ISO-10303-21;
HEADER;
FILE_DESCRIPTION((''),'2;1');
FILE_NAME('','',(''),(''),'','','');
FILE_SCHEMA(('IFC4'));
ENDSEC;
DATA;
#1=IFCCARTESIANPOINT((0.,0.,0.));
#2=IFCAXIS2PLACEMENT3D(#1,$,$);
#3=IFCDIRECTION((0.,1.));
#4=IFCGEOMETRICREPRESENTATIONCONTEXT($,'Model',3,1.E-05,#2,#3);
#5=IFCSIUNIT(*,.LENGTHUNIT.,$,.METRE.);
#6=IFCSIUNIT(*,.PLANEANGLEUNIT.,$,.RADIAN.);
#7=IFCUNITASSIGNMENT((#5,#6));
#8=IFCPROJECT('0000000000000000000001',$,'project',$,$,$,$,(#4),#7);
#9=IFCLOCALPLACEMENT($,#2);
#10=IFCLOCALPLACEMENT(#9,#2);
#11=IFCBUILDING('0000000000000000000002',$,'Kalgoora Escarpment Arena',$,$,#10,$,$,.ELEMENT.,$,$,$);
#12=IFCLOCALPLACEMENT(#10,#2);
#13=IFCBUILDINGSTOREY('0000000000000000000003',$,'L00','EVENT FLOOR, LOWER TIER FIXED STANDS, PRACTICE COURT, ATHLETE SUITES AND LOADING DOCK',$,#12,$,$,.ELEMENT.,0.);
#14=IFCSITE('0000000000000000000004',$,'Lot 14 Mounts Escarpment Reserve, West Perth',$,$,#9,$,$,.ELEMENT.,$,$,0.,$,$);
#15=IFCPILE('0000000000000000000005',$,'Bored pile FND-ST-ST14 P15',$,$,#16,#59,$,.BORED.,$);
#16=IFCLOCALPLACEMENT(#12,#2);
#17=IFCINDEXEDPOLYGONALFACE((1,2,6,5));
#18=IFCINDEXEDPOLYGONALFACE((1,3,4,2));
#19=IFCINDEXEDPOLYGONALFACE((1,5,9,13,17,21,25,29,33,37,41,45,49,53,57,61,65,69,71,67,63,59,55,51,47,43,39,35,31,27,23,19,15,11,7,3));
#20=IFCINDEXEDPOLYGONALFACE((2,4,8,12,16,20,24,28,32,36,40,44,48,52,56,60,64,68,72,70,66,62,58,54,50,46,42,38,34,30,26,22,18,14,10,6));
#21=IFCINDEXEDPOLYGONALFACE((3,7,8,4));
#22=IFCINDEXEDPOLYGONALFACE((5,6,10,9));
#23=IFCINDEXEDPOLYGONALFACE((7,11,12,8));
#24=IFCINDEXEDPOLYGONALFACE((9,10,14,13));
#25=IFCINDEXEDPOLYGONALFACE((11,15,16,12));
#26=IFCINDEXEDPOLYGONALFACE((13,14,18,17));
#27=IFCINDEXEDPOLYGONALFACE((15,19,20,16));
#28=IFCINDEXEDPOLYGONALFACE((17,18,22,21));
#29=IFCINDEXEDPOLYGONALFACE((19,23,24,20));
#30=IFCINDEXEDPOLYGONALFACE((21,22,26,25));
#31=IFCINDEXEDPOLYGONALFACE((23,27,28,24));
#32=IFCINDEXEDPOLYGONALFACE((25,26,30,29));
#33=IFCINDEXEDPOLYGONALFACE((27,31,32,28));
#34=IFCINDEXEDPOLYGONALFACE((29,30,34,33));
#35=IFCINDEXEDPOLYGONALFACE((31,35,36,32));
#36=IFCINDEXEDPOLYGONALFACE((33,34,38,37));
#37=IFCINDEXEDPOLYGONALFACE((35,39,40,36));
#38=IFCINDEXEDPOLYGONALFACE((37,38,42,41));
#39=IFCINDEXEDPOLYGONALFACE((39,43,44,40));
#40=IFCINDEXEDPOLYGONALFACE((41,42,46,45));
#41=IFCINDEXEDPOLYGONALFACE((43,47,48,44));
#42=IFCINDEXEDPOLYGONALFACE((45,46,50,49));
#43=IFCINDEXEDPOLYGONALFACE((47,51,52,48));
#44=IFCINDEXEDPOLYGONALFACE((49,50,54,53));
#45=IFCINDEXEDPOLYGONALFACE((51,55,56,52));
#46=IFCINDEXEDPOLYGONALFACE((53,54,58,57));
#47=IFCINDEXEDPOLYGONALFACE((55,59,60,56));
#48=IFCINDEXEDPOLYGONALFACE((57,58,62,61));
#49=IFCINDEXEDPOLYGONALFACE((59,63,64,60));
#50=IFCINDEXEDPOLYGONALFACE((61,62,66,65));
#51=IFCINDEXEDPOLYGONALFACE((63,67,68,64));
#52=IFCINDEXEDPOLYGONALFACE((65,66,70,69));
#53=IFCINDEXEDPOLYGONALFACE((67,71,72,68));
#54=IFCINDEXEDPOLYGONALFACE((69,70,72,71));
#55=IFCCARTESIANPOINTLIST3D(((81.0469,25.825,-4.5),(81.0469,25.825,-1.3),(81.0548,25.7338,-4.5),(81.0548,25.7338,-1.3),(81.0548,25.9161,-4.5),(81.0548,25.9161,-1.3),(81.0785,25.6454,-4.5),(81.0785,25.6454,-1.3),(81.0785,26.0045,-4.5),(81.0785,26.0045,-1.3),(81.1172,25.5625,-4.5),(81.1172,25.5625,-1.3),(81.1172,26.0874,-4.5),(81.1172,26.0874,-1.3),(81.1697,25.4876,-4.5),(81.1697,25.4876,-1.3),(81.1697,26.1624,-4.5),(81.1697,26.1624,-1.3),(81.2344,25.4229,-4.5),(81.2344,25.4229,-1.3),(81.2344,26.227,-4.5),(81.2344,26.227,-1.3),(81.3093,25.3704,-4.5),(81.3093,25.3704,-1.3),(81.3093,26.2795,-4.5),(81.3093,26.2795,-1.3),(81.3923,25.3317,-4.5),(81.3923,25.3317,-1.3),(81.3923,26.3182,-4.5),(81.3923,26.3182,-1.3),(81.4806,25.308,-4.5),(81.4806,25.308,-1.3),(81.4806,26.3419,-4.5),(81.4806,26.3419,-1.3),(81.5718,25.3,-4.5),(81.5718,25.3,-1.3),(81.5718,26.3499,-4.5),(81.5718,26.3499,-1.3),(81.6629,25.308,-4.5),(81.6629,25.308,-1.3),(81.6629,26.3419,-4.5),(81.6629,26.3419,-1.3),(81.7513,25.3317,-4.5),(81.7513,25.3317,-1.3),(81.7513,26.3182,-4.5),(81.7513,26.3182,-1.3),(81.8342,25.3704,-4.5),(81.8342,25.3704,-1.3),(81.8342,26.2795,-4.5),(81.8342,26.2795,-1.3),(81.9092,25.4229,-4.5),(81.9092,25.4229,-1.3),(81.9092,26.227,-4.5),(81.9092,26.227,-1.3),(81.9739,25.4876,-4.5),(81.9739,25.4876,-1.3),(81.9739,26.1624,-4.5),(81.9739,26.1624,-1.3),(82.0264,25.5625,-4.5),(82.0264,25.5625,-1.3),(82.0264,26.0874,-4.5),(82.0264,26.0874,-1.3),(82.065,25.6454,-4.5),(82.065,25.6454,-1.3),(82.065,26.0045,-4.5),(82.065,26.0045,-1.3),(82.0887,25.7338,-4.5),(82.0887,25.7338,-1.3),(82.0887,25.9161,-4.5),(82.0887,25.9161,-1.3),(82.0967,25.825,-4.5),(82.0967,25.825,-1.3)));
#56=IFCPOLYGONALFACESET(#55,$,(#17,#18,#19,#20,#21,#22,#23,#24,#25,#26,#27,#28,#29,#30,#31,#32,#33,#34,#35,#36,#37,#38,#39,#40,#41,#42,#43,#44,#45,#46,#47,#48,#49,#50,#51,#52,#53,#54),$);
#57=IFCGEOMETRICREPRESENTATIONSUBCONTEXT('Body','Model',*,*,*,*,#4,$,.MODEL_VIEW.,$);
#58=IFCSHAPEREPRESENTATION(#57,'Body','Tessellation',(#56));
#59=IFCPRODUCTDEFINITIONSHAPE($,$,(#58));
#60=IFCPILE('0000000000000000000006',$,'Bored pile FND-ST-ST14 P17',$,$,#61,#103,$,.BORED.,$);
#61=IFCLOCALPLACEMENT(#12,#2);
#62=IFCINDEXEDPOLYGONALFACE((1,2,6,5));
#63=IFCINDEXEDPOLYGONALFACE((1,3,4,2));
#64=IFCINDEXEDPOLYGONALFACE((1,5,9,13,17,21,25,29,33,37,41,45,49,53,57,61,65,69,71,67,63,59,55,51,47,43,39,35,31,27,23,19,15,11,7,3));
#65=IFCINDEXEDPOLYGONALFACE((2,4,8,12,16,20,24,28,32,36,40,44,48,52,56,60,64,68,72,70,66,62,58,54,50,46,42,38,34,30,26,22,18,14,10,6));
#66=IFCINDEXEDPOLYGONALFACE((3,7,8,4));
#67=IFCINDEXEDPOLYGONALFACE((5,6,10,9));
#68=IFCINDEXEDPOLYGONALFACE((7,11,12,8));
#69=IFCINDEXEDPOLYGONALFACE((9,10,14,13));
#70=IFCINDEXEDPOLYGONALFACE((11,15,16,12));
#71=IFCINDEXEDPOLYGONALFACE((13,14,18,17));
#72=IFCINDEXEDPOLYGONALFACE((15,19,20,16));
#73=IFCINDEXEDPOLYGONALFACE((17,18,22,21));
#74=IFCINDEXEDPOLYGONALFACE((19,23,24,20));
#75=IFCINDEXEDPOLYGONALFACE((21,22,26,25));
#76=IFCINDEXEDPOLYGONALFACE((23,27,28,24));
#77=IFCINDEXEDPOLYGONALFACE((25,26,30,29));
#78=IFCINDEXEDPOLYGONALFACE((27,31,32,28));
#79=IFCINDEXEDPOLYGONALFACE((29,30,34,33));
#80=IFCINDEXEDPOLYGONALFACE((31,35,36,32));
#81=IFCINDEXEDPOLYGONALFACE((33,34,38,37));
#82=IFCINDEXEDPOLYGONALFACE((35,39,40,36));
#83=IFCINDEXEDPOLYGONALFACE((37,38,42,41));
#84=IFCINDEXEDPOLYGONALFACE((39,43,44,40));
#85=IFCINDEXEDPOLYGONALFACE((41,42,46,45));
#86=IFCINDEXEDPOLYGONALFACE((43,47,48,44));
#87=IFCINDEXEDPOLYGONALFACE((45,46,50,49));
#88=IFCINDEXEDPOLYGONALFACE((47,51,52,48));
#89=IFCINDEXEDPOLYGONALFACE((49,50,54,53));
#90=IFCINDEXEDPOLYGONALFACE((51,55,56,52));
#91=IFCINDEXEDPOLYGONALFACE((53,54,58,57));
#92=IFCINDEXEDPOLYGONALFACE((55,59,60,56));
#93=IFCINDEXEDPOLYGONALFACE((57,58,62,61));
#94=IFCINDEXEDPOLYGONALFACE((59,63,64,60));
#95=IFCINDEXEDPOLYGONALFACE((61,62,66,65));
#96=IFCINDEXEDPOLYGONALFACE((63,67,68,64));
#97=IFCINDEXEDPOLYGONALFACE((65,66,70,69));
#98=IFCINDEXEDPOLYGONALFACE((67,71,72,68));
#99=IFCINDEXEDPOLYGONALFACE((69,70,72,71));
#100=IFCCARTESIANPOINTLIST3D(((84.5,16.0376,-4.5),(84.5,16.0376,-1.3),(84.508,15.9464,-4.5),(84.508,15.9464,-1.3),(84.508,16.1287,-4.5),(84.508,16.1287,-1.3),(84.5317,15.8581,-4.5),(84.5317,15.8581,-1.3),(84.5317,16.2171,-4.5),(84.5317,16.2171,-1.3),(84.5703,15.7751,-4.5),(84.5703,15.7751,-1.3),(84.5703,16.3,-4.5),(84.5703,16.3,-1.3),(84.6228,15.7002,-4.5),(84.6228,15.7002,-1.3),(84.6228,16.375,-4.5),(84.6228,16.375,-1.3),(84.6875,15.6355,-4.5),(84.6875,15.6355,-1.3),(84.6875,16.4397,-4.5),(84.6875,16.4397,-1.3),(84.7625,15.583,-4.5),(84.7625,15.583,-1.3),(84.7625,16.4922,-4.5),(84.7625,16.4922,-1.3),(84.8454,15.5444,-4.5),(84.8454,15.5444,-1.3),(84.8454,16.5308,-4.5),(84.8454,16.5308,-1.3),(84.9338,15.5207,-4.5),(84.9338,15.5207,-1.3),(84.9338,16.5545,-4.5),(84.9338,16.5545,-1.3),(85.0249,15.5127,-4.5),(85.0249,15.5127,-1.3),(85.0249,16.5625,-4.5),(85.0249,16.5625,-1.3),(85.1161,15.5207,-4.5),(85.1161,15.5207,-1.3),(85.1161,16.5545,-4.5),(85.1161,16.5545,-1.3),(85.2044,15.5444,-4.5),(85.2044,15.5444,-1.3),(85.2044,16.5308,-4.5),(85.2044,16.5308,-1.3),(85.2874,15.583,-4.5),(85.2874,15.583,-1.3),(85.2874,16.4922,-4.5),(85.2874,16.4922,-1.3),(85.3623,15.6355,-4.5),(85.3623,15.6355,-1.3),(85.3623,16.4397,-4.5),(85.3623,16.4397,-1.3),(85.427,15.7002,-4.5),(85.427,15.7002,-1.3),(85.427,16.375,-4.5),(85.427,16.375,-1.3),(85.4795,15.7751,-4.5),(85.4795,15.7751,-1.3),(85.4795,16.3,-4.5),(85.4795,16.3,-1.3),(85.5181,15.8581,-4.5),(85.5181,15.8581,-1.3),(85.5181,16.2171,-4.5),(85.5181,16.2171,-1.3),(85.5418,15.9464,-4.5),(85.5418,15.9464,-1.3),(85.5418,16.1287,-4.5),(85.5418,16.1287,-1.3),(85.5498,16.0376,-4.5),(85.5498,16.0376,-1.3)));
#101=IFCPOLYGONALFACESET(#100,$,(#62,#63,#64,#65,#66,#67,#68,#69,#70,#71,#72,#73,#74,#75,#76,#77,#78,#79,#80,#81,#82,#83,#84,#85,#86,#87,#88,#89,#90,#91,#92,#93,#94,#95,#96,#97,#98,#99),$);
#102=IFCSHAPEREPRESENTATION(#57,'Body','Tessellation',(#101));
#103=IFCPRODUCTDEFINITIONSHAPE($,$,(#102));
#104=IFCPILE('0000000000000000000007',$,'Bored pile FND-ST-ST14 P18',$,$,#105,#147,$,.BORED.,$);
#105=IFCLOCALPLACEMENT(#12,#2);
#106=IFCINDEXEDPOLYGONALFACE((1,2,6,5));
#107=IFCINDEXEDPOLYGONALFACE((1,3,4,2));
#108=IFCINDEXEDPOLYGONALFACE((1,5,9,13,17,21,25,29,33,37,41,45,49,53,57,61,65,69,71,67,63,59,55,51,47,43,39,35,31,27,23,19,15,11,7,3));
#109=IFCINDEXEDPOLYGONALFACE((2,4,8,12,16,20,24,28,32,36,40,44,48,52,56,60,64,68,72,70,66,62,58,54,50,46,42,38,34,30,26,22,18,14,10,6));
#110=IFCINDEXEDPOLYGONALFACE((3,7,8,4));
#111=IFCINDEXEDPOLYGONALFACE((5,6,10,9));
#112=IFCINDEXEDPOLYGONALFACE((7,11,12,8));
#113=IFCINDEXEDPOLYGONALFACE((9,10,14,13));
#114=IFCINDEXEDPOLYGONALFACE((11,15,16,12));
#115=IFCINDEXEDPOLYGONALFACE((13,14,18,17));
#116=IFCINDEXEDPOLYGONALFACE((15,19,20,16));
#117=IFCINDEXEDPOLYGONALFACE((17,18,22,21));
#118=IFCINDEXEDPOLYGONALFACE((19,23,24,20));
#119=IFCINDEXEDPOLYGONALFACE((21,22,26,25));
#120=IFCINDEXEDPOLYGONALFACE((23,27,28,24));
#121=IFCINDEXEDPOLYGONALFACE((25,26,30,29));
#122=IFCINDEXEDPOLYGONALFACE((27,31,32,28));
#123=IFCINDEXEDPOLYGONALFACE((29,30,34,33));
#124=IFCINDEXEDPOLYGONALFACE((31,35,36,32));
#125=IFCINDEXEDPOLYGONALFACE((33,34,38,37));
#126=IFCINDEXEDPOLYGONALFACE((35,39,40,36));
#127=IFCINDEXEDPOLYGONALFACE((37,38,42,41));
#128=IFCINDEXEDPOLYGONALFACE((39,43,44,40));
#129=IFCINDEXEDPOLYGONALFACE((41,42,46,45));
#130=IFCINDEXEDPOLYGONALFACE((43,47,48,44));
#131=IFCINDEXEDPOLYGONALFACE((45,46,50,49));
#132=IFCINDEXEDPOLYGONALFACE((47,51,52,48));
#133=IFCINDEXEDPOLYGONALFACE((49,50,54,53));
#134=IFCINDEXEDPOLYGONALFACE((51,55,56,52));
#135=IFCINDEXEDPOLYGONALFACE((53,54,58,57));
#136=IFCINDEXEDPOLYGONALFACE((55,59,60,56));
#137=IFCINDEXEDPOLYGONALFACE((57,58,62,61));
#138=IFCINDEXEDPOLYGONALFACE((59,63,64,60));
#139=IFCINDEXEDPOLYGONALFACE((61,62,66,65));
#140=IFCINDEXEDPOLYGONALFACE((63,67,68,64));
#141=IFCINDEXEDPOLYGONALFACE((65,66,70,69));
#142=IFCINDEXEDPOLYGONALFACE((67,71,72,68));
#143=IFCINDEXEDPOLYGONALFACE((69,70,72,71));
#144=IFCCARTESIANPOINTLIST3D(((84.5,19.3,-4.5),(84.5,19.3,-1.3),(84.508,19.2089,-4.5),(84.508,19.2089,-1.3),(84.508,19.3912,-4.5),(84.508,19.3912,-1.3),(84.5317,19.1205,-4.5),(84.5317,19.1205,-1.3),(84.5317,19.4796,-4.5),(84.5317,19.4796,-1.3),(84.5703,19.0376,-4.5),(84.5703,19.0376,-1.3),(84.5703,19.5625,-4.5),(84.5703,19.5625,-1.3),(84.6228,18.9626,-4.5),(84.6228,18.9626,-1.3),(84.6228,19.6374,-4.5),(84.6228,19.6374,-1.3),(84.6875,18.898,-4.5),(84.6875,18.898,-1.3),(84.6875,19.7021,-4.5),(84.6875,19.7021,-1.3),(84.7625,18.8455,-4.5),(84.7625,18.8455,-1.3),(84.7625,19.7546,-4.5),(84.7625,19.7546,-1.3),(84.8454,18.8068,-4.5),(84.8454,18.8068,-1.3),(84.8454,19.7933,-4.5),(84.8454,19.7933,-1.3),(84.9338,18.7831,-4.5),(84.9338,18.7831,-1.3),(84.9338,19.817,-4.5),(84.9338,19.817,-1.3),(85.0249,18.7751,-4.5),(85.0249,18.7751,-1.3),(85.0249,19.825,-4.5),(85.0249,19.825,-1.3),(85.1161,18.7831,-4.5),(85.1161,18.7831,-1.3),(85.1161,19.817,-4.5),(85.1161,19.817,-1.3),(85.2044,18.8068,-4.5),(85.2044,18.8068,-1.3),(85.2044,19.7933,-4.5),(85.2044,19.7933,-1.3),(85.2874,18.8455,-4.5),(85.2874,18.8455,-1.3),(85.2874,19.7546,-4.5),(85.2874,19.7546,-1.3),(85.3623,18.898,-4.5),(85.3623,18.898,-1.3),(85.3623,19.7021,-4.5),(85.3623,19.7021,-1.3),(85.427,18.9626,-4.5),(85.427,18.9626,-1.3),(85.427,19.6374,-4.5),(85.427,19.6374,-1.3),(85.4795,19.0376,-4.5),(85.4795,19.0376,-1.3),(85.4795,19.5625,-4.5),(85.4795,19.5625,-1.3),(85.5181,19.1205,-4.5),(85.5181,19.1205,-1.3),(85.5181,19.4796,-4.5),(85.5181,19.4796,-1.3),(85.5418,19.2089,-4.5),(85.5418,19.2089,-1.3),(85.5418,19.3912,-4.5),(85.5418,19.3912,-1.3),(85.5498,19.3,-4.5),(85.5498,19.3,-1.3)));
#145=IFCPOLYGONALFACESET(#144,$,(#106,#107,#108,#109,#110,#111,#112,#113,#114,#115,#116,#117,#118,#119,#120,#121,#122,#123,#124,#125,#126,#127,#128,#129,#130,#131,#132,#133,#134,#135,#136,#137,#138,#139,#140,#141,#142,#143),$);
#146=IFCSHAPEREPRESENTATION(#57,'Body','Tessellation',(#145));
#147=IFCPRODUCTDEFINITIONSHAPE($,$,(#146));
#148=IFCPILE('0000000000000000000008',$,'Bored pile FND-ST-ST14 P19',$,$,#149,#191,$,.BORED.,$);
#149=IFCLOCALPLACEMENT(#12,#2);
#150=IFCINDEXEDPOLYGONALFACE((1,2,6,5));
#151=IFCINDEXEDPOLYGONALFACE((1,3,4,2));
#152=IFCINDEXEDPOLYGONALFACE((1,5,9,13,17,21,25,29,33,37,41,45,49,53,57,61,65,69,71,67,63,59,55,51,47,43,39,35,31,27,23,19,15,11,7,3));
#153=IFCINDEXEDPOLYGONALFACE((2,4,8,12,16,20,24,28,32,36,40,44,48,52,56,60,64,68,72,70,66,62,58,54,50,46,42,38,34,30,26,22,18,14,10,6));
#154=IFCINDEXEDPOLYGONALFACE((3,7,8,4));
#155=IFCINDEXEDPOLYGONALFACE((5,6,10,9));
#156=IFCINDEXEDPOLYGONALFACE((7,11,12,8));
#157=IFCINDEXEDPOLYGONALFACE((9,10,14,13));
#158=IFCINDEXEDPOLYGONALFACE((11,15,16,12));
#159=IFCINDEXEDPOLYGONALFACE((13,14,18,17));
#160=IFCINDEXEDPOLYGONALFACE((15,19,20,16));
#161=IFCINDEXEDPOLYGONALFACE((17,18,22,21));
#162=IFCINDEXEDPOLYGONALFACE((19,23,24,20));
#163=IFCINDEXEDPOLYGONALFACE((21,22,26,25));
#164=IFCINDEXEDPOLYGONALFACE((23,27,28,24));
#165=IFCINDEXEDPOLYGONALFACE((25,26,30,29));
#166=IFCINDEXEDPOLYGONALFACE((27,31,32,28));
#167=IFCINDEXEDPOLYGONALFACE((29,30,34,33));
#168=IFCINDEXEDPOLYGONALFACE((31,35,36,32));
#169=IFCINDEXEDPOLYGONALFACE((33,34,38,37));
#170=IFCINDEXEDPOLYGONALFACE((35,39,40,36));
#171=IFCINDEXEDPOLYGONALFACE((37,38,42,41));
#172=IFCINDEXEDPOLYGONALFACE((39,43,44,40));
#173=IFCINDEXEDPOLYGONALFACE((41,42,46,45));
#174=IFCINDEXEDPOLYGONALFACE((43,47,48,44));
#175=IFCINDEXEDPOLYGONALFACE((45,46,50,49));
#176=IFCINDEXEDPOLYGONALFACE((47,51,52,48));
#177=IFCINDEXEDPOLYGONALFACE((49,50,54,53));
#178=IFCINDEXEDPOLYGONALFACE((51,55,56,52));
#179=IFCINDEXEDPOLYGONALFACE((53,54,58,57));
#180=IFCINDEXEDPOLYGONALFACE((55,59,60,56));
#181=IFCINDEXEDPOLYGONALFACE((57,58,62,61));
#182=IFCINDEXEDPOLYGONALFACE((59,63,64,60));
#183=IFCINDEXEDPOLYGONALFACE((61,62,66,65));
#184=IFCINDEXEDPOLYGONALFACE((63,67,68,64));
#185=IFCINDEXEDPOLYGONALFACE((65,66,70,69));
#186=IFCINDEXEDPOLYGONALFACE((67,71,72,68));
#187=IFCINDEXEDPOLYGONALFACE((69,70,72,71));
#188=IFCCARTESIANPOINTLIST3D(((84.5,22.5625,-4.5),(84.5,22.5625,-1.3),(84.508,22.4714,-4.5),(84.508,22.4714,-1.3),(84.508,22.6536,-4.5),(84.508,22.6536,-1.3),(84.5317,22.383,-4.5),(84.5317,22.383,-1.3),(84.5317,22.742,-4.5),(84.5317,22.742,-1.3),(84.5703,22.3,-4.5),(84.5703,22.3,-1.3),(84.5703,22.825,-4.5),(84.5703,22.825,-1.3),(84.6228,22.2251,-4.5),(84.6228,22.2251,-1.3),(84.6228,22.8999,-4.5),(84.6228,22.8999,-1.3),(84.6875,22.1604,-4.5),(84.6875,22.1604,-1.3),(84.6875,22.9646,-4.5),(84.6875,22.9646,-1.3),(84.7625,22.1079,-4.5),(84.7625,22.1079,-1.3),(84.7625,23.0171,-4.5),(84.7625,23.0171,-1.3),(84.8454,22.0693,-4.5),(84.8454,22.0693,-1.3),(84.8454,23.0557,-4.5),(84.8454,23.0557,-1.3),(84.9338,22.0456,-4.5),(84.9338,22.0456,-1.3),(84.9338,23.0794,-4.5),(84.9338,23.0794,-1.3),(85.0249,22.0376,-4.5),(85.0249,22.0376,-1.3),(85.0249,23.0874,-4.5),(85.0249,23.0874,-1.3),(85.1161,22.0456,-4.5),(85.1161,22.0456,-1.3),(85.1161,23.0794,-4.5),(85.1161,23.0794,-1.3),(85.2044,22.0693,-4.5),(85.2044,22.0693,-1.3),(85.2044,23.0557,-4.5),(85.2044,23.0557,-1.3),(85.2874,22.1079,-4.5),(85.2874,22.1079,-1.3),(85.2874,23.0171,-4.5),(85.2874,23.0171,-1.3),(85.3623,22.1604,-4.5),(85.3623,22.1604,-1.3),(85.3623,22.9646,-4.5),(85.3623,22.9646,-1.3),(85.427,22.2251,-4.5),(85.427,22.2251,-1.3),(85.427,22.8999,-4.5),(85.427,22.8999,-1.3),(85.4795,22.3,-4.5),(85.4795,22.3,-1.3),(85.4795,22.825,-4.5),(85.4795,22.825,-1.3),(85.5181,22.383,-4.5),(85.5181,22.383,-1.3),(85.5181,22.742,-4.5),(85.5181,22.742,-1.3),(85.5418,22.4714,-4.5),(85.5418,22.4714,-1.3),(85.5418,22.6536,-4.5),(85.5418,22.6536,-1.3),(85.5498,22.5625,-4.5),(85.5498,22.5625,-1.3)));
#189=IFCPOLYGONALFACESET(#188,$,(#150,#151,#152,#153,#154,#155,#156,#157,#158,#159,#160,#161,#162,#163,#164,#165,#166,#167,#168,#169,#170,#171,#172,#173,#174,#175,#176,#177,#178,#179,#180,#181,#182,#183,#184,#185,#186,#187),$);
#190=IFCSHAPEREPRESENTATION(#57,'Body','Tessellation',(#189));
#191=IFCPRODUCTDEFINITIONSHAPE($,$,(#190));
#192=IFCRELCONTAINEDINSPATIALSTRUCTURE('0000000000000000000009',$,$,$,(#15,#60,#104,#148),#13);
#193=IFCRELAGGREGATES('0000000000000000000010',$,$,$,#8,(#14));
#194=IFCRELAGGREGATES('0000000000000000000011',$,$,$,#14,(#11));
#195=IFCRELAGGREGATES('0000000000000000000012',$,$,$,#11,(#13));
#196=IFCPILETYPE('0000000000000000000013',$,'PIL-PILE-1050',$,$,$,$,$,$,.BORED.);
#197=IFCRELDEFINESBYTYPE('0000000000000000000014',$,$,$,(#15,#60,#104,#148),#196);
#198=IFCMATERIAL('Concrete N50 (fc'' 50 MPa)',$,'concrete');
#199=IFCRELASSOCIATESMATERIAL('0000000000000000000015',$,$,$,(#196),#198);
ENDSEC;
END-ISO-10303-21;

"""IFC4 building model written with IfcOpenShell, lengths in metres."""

from ifc_helpers import new_model, si_unit, direction, frame, origin, origin_2d, place, context, subcontext, project, spatial, circle, extrude, material, material_profile, profile_set, type_object, element, save


model = new_model("IFC4")

# Units and contexts
model_context = context("Model", 3, precision=1e-05, world=origin(), true_north=direction((0.0, 1.0)))
body_context = subcontext(model_context, "Body", "Model", "MODEL_VIEW")
ifc_project = project(units=[si_unit("LENGTHUNIT", "METRE"), si_unit("PLANEANGLEUNIT", "RADIAN")], contexts=[model_context])

# Site, building, storey
site_placement = place(None, origin())
site = spatial("IfcSite", under=ifc_project, at=site_placement, Name="Lot 14 Mounts Escarpment Reserve, West Perth", CompositionType="ELEMENT", RefElevation=0.0)
building_placement = place(site_placement, origin())
building = spatial("IfcBuilding", under=site, at=building_placement, Name="Kalgoora Escarpment Arena", CompositionType="ELEMENT")
storey_placement = place(building_placement, origin())
storey = spatial("IfcBuildingStorey", under=building, at=storey_placement, Name="L00", Description="EVENT FLOOR, LOWER TIER FIXED STANDS, PRACTICE COURT, ATHLETE SUITES AND LOADING DOCK", CompositionType="ELEMENT", Elevation=0.0)

# Piles
ifc_material_1 = material(Name="Concrete N50 (fc' 50 MPa)", Category="concrete")
ifc_material_profile_1 = material_profile(ifc_material_1, circle(Radius=0.5249, at=origin_2d()))
ifc_profile_set_1 = profile_set([ifc_material_profile_1], Name="Concrete N50 (fc' 50 MPa)")
pile_type_1 = type_object("IfcPileType", Name="PIL-PILE-1050", PredefinedType="BORED", material=ifc_profile_set_1)
for number, where, z_axis, x_axis, name in (
    (1, (81.5718, 25.825, -1.3), (0.0, 0.0, -1.0), (1.0, 0.0, 0.0), "Bored pile FND-ST-ST14 P15"),
    (2, (85.0249, 16.0376, -1.3), (0.0, 0.0, -1.0), (1.0, 0.0, 0.0), "Bored pile FND-ST-ST14 P17"),
    (3, (85.0249, 19.3, -1.3), (0.0, 0.0, -1.0), (1.0, 0.0, 0.0), "Bored pile FND-ST-ST14 P18"),
    (4, (85.0249, 22.5625, -1.3), (0.0, 0.0, -1.0), (1.0, 0.0, 0.0), "Bored pile FND-ST-ST14 P19"),
):
    element("IfcPile", number, at=place(storey_placement, frame(where, z_axis=z_axis, x_axis=x_axis)), inside=storey, type_object=pile_type_1, Name=name, PredefinedType="BORED", context=body_context, shape_type="SweptSolid", body=[
        extrude(circle(Radius=0.5249, at=origin_2d()), origin(), (0.0, 0.0, 1.0), 3.2),
    ])

save(model, "model.ifc")
